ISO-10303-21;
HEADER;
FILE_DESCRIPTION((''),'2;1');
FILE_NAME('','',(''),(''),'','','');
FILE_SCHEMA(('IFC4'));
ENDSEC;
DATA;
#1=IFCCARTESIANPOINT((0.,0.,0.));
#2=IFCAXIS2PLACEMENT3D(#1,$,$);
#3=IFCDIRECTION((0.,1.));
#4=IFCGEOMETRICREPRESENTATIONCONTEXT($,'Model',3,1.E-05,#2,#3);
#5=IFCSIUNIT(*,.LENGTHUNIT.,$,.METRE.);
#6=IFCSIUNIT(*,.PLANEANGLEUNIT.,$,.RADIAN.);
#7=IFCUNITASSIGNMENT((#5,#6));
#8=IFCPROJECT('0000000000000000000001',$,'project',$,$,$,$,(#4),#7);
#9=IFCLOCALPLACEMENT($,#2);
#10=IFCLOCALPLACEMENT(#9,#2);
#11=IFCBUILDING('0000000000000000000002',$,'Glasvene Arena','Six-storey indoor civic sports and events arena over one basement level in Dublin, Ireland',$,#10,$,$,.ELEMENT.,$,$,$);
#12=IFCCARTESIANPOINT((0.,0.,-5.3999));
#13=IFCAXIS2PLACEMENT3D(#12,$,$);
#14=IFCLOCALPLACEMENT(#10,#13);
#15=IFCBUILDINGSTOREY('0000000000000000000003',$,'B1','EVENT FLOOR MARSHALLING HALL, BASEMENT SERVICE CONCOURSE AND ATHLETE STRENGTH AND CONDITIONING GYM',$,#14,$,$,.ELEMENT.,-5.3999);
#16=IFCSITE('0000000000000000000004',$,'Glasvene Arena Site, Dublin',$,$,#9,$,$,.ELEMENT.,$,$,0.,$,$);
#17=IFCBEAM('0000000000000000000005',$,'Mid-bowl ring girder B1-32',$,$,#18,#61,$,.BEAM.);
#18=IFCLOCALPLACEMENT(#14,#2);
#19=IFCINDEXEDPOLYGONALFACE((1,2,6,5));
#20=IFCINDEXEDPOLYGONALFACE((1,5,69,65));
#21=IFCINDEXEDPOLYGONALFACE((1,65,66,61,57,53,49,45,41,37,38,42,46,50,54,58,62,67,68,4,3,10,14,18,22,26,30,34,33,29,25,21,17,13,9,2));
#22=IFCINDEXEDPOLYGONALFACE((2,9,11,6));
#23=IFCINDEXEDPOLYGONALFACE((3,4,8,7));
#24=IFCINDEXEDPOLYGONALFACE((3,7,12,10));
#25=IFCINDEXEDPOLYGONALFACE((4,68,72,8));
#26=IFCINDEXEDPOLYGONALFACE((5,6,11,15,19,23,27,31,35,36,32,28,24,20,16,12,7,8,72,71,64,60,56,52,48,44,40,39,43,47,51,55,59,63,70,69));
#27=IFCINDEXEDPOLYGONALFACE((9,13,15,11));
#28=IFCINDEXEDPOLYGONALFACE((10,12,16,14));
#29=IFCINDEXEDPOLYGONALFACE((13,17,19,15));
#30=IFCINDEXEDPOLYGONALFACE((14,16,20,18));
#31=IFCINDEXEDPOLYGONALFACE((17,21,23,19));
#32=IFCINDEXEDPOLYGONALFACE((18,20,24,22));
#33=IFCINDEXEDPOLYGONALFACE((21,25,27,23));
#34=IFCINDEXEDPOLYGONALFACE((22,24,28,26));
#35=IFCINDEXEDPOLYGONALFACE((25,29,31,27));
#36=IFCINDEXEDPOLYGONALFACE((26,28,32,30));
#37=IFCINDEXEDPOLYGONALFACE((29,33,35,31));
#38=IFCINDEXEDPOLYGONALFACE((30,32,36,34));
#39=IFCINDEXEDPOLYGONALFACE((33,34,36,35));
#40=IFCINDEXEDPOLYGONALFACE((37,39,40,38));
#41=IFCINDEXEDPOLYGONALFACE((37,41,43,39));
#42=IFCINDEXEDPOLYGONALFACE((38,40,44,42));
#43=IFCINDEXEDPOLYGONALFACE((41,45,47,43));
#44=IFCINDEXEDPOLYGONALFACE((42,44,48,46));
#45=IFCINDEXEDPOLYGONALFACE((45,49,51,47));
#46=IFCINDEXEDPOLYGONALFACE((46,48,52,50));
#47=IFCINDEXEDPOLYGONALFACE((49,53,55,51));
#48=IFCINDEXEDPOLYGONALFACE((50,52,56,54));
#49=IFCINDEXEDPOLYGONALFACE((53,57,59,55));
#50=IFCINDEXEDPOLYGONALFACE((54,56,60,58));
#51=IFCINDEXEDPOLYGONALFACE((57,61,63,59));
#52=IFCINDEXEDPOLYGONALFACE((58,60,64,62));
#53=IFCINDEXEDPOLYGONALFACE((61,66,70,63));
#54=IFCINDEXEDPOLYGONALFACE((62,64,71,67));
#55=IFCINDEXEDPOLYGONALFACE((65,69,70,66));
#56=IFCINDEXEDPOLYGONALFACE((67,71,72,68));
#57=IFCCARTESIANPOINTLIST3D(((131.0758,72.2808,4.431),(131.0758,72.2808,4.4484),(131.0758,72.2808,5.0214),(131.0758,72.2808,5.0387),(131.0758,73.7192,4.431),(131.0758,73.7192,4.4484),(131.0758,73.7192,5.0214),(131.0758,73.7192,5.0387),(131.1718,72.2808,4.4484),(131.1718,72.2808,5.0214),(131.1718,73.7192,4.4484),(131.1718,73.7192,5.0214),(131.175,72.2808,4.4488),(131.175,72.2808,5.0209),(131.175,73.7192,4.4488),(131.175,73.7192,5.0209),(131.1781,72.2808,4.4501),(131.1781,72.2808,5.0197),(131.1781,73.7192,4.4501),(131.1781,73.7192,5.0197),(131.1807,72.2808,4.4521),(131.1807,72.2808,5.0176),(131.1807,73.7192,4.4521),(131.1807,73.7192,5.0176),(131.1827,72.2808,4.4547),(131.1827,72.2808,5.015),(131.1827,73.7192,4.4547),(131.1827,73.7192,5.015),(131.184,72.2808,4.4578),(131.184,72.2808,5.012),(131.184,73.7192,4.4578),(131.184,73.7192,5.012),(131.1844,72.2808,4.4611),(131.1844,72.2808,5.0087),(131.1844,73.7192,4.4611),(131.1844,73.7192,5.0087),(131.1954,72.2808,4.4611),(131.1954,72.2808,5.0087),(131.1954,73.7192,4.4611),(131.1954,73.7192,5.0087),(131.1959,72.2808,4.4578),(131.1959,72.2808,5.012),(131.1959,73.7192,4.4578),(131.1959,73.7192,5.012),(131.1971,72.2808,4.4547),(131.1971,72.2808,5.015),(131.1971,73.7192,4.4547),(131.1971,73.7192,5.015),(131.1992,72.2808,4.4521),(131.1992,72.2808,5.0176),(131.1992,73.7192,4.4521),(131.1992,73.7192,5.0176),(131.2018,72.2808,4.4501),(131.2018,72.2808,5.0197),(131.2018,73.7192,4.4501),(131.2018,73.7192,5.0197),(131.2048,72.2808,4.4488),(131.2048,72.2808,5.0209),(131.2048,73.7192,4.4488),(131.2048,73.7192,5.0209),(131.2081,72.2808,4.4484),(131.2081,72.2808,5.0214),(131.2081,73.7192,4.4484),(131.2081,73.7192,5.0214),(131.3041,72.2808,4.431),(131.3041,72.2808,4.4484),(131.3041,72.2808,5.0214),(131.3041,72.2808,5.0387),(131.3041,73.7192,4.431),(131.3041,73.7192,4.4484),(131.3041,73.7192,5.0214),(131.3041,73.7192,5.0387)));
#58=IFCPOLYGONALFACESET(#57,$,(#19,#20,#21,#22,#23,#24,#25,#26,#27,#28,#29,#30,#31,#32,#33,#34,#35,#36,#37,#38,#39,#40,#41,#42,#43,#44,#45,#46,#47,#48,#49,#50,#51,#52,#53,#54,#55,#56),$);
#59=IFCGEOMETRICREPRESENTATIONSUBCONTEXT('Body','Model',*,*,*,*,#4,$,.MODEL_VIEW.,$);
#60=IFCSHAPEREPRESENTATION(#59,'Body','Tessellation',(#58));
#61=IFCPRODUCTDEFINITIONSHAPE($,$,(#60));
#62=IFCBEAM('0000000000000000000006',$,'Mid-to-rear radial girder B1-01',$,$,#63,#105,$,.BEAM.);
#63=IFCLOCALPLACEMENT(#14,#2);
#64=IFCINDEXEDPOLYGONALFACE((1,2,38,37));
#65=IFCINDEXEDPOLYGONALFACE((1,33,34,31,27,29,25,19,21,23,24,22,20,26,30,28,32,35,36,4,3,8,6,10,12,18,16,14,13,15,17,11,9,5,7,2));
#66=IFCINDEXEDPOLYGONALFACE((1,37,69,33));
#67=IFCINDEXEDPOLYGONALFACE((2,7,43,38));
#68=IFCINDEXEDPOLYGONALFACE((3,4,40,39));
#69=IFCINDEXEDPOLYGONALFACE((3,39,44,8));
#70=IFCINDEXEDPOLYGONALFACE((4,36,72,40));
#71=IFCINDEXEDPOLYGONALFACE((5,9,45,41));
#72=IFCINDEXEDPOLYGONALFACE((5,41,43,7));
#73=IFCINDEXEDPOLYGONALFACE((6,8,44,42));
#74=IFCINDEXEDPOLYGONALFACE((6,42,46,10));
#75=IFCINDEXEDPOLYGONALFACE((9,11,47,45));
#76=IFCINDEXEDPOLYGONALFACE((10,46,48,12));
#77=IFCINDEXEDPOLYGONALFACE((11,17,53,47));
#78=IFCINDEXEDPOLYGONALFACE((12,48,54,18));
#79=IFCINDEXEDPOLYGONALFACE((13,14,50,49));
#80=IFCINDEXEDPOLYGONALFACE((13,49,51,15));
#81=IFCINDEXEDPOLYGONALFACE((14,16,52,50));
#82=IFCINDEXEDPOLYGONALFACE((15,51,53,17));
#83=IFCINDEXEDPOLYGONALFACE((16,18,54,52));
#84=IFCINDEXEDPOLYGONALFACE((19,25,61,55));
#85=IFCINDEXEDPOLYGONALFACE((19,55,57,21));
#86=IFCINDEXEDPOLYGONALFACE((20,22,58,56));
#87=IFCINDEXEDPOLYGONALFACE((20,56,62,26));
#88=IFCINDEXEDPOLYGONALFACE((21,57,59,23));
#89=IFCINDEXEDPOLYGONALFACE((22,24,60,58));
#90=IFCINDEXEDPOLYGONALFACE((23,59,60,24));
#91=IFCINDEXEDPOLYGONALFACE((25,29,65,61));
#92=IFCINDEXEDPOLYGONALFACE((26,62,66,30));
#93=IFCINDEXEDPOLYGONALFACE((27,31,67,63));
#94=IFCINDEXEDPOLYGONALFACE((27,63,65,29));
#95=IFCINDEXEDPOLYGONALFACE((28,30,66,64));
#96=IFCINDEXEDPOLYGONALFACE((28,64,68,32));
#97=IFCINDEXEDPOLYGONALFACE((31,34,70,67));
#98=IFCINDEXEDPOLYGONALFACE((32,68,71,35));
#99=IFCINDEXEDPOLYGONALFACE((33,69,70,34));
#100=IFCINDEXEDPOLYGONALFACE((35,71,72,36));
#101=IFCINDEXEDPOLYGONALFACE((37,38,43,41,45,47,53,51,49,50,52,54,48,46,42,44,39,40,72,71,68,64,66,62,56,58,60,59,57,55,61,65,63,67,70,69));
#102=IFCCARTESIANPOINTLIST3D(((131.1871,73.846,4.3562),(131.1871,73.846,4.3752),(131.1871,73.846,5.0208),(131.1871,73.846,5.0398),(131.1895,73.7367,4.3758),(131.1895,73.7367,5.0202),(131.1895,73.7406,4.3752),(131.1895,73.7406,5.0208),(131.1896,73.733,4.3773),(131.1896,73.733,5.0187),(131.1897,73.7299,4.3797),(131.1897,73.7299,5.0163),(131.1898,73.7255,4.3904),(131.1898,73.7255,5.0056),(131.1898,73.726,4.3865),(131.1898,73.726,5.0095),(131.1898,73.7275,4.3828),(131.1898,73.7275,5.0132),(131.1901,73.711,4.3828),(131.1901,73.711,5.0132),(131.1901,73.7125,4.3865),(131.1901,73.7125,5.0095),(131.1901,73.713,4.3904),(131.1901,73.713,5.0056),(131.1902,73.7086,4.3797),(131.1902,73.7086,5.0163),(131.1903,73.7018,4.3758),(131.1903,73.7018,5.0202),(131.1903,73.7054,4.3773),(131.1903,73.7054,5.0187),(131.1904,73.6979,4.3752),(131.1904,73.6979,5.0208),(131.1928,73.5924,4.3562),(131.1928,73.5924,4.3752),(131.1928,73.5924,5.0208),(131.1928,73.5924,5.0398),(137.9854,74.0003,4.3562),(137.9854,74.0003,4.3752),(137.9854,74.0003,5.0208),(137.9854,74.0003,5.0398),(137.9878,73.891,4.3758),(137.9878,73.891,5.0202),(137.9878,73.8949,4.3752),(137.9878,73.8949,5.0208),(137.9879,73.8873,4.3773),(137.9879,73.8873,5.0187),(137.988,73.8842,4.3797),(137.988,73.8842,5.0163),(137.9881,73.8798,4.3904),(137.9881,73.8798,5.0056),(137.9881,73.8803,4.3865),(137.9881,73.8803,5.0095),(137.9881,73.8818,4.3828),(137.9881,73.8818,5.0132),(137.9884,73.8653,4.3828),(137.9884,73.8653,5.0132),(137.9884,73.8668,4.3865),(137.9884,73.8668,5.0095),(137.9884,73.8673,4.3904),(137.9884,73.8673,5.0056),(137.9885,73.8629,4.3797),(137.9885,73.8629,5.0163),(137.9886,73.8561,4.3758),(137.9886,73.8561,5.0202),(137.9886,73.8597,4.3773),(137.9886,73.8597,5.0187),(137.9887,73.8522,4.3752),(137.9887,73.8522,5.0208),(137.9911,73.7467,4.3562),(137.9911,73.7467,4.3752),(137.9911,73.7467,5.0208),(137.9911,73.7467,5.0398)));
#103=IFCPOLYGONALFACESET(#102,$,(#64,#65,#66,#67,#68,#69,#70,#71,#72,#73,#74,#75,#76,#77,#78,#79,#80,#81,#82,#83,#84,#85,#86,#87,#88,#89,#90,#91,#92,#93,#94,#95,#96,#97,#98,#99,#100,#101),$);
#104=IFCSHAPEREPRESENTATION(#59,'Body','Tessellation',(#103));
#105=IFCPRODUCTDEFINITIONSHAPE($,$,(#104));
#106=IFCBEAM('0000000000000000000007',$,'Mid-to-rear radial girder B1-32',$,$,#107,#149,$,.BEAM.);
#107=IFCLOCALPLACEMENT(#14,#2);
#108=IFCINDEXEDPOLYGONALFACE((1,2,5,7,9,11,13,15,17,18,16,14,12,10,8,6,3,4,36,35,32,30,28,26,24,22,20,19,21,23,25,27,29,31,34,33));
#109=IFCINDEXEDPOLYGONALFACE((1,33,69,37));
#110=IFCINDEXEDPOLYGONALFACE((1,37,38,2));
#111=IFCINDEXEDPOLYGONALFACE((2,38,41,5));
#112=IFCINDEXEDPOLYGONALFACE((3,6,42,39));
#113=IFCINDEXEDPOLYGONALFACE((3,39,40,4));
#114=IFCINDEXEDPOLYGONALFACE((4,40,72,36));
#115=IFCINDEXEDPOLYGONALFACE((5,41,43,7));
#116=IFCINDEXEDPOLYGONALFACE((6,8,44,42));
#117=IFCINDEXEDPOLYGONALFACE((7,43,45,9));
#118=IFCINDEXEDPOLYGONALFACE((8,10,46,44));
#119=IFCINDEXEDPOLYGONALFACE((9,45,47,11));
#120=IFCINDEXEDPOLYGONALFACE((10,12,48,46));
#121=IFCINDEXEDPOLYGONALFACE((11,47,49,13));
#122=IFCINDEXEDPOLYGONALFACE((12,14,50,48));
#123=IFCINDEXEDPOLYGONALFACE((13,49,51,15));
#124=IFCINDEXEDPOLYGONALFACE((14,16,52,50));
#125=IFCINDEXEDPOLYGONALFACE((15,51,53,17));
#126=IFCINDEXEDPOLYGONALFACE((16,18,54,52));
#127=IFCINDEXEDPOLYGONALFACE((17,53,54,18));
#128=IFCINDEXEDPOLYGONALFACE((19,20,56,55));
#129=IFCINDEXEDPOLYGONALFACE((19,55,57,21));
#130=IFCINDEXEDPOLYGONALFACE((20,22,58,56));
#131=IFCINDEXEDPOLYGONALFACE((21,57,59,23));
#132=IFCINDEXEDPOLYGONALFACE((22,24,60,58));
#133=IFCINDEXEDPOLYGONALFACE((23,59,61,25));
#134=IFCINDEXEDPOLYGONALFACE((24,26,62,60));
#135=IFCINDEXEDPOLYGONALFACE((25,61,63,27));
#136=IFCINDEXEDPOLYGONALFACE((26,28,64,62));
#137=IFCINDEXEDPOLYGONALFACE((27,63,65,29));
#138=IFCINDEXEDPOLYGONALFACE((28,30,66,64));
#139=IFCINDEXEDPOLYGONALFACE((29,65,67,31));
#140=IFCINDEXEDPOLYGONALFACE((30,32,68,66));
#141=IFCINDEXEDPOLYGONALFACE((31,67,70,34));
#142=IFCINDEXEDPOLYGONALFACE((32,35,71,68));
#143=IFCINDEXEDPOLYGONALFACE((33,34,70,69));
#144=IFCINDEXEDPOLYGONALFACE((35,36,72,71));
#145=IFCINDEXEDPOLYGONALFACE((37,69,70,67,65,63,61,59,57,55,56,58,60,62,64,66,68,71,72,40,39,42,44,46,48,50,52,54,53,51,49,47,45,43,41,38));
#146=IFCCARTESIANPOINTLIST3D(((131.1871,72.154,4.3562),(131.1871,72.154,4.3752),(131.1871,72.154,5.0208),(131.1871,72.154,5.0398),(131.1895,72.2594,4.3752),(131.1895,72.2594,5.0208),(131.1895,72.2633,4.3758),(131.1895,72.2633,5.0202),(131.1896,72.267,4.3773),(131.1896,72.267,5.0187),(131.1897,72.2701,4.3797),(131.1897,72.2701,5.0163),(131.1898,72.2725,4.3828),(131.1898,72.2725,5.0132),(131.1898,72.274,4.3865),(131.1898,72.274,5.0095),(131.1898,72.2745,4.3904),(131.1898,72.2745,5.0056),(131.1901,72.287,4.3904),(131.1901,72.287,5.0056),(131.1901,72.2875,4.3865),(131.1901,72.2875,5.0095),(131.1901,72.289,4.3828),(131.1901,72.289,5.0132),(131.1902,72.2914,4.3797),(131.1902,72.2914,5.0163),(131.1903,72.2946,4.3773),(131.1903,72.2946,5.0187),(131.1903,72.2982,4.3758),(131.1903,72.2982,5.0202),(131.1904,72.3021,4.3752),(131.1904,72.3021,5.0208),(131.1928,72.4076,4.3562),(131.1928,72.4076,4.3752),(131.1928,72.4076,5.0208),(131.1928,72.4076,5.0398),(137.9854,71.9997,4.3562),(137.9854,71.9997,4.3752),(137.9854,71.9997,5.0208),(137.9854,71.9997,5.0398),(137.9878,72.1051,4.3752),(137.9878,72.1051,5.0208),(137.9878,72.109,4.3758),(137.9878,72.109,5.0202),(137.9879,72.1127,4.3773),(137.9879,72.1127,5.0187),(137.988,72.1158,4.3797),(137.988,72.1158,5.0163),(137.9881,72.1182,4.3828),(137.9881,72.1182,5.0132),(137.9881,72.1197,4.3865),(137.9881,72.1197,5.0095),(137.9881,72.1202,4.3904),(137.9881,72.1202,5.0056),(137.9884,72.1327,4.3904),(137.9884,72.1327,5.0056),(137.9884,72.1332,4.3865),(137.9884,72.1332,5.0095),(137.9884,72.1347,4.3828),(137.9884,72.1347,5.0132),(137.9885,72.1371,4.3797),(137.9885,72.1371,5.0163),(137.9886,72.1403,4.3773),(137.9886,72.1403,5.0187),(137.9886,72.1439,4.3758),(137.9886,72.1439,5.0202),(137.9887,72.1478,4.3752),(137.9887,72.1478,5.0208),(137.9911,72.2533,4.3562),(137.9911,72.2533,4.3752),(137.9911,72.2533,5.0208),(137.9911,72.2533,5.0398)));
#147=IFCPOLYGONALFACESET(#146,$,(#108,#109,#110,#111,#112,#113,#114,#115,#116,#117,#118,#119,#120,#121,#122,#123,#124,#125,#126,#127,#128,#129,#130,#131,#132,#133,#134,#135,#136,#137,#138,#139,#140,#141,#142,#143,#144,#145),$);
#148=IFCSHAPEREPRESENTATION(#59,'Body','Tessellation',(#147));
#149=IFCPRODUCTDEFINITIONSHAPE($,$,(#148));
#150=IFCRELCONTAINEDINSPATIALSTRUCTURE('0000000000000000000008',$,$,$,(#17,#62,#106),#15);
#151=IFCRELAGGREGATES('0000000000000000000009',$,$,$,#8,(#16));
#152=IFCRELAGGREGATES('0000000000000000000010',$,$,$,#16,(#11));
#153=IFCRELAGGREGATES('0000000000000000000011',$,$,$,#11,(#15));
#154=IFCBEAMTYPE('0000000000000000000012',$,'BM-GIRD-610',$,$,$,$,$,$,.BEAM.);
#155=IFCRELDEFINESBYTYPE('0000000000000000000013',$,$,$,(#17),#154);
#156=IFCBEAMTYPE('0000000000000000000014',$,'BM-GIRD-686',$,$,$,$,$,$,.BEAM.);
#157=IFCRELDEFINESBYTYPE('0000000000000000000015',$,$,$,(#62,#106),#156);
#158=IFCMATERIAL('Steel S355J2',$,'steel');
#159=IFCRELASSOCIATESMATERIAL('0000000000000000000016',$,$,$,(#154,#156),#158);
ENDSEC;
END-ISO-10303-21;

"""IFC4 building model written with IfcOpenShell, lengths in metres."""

from ifc_helpers import new_model, si_unit, direction, frame, origin, origin_2d, place, context, subcontext, project, spatial, i_section, extrude, material, material_profile, profile_set, type_object, element, save


model = new_model("IFC4")

# Units and contexts
model_context = context("Model", 3, precision=1e-05, world=origin(), true_north=direction((0.0, 1.0)))
body_context = subcontext(model_context, "Body", "Model", "MODEL_VIEW")
ifc_project = project(units=[si_unit("LENGTHUNIT", "METRE"), si_unit("PLANEANGLEUNIT", "RADIAN")], contexts=[model_context])

# Site, building, storey
site_placement = place(None, origin())
site = spatial("IfcSite", under=ifc_project, at=site_placement, Name="Glasvene Arena Site, Dublin", CompositionType="ELEMENT", RefElevation=0.0)
building_placement = place(site_placement, origin())
building = spatial("IfcBuilding", under=site, at=building_placement, Name="Glasvene Arena", Description="Six-storey indoor civic sports and events arena over one basement level in Dublin, Ireland", CompositionType="ELEMENT")
storey_placement = place(building_placement, frame((0.0, 0.0, -5.3999)))
storey = spatial("IfcBuildingStorey", under=building, at=storey_placement, Name="B1", Description="EVENT FLOOR MARSHALLING HALL, BASEMENT SERVICE CONCOURSE AND ATHLETE STRENGTH AND CONDITIONING GYM", CompositionType="ELEMENT", Elevation=-5.3999)

# Beams
ifc_material_1 = material(Name="Steel S355J2", Category="steel")
ifc_material_profile_1 = material_profile(ifc_material_1, i_section(OverallWidth=0.2283, OverallDepth=0.6077, WebThickness=0.011, FlangeThickness=0.0173, FilletRadius=0.0127, at=origin_2d()), Name="UKB 610x229x113")
ifc_profile_set_1 = profile_set([ifc_material_profile_1], Name="Steel S355J2")
beam_type_1 = type_object("IfcBeamType", Name="BM-GIRD-610", PredefinedType="BEAM", material=ifc_profile_set_1)
beam_1_placement = place(storey_placement, frame((131.1899, 72.2808, 4.7349), z_axis=(0.0, 1.0, 0.0), x_axis=(-1.0, 0.0, 0.0)))
element("IfcBeam", 1, at=beam_1_placement, inside=storey, type_object=beam_type_1, Name="Mid-bowl ring girder B1-32", PredefinedType="BEAM", context=body_context, shape_type="SweptSolid", body=[
    extrude(i_section(OverallWidth=0.2283, OverallDepth=0.6077, WebThickness=0.011, FlangeThickness=0.0173, FilletRadius=0.0127, at=origin_2d()), origin(), (0.0, 0.0, 1.0), 1.4385),
])
ifc_material_profile_2 = material_profile(ifc_material_1, i_section(OverallWidth=0.2537, OverallDepth=0.6836, WebThickness=0.0125, FlangeThickness=0.019, FilletRadius=0.0151, at=origin_2d()), Name="UKB 686x254x140")
ifc_profile_set_2 = profile_set([ifc_material_profile_2], Name="Steel S355J2")
beam_type_2 = type_object("IfcBeamType", Name="BM-GIRD-686", PredefinedType="BEAM", material=ifc_profile_set_2)
for number, where, z_axis, x_axis, name in (
    (2, (131.1899, 73.7192, 4.698), (0.999743, 0.02269, 0.0), (-0.02269, 0.999743, 0.0), "Mid-to-rear radial girder B1-01"),
    (3, (131.1899, 72.2808, 4.698), (0.999743, -0.02269, 0.0), (0.02269, 0.999743, 0.0), "Mid-to-rear radial girder B1-32"),
):
    element("IfcBeam", number, at=place(storey_placement, frame(where, z_axis=z_axis, x_axis=x_axis)), inside=storey, type_object=beam_type_2, Name=name, PredefinedType="BEAM", context=body_context, shape_type="SweptSolid", body=[
        extrude(i_section(OverallWidth=0.2537, OverallDepth=0.6836, WebThickness=0.0125, FlangeThickness=0.019, FilletRadius=0.0151, at=origin_2d()), origin(), (0.0, 0.0, 1.0), 6.8),
    ])

save(model, "model.ifc")
